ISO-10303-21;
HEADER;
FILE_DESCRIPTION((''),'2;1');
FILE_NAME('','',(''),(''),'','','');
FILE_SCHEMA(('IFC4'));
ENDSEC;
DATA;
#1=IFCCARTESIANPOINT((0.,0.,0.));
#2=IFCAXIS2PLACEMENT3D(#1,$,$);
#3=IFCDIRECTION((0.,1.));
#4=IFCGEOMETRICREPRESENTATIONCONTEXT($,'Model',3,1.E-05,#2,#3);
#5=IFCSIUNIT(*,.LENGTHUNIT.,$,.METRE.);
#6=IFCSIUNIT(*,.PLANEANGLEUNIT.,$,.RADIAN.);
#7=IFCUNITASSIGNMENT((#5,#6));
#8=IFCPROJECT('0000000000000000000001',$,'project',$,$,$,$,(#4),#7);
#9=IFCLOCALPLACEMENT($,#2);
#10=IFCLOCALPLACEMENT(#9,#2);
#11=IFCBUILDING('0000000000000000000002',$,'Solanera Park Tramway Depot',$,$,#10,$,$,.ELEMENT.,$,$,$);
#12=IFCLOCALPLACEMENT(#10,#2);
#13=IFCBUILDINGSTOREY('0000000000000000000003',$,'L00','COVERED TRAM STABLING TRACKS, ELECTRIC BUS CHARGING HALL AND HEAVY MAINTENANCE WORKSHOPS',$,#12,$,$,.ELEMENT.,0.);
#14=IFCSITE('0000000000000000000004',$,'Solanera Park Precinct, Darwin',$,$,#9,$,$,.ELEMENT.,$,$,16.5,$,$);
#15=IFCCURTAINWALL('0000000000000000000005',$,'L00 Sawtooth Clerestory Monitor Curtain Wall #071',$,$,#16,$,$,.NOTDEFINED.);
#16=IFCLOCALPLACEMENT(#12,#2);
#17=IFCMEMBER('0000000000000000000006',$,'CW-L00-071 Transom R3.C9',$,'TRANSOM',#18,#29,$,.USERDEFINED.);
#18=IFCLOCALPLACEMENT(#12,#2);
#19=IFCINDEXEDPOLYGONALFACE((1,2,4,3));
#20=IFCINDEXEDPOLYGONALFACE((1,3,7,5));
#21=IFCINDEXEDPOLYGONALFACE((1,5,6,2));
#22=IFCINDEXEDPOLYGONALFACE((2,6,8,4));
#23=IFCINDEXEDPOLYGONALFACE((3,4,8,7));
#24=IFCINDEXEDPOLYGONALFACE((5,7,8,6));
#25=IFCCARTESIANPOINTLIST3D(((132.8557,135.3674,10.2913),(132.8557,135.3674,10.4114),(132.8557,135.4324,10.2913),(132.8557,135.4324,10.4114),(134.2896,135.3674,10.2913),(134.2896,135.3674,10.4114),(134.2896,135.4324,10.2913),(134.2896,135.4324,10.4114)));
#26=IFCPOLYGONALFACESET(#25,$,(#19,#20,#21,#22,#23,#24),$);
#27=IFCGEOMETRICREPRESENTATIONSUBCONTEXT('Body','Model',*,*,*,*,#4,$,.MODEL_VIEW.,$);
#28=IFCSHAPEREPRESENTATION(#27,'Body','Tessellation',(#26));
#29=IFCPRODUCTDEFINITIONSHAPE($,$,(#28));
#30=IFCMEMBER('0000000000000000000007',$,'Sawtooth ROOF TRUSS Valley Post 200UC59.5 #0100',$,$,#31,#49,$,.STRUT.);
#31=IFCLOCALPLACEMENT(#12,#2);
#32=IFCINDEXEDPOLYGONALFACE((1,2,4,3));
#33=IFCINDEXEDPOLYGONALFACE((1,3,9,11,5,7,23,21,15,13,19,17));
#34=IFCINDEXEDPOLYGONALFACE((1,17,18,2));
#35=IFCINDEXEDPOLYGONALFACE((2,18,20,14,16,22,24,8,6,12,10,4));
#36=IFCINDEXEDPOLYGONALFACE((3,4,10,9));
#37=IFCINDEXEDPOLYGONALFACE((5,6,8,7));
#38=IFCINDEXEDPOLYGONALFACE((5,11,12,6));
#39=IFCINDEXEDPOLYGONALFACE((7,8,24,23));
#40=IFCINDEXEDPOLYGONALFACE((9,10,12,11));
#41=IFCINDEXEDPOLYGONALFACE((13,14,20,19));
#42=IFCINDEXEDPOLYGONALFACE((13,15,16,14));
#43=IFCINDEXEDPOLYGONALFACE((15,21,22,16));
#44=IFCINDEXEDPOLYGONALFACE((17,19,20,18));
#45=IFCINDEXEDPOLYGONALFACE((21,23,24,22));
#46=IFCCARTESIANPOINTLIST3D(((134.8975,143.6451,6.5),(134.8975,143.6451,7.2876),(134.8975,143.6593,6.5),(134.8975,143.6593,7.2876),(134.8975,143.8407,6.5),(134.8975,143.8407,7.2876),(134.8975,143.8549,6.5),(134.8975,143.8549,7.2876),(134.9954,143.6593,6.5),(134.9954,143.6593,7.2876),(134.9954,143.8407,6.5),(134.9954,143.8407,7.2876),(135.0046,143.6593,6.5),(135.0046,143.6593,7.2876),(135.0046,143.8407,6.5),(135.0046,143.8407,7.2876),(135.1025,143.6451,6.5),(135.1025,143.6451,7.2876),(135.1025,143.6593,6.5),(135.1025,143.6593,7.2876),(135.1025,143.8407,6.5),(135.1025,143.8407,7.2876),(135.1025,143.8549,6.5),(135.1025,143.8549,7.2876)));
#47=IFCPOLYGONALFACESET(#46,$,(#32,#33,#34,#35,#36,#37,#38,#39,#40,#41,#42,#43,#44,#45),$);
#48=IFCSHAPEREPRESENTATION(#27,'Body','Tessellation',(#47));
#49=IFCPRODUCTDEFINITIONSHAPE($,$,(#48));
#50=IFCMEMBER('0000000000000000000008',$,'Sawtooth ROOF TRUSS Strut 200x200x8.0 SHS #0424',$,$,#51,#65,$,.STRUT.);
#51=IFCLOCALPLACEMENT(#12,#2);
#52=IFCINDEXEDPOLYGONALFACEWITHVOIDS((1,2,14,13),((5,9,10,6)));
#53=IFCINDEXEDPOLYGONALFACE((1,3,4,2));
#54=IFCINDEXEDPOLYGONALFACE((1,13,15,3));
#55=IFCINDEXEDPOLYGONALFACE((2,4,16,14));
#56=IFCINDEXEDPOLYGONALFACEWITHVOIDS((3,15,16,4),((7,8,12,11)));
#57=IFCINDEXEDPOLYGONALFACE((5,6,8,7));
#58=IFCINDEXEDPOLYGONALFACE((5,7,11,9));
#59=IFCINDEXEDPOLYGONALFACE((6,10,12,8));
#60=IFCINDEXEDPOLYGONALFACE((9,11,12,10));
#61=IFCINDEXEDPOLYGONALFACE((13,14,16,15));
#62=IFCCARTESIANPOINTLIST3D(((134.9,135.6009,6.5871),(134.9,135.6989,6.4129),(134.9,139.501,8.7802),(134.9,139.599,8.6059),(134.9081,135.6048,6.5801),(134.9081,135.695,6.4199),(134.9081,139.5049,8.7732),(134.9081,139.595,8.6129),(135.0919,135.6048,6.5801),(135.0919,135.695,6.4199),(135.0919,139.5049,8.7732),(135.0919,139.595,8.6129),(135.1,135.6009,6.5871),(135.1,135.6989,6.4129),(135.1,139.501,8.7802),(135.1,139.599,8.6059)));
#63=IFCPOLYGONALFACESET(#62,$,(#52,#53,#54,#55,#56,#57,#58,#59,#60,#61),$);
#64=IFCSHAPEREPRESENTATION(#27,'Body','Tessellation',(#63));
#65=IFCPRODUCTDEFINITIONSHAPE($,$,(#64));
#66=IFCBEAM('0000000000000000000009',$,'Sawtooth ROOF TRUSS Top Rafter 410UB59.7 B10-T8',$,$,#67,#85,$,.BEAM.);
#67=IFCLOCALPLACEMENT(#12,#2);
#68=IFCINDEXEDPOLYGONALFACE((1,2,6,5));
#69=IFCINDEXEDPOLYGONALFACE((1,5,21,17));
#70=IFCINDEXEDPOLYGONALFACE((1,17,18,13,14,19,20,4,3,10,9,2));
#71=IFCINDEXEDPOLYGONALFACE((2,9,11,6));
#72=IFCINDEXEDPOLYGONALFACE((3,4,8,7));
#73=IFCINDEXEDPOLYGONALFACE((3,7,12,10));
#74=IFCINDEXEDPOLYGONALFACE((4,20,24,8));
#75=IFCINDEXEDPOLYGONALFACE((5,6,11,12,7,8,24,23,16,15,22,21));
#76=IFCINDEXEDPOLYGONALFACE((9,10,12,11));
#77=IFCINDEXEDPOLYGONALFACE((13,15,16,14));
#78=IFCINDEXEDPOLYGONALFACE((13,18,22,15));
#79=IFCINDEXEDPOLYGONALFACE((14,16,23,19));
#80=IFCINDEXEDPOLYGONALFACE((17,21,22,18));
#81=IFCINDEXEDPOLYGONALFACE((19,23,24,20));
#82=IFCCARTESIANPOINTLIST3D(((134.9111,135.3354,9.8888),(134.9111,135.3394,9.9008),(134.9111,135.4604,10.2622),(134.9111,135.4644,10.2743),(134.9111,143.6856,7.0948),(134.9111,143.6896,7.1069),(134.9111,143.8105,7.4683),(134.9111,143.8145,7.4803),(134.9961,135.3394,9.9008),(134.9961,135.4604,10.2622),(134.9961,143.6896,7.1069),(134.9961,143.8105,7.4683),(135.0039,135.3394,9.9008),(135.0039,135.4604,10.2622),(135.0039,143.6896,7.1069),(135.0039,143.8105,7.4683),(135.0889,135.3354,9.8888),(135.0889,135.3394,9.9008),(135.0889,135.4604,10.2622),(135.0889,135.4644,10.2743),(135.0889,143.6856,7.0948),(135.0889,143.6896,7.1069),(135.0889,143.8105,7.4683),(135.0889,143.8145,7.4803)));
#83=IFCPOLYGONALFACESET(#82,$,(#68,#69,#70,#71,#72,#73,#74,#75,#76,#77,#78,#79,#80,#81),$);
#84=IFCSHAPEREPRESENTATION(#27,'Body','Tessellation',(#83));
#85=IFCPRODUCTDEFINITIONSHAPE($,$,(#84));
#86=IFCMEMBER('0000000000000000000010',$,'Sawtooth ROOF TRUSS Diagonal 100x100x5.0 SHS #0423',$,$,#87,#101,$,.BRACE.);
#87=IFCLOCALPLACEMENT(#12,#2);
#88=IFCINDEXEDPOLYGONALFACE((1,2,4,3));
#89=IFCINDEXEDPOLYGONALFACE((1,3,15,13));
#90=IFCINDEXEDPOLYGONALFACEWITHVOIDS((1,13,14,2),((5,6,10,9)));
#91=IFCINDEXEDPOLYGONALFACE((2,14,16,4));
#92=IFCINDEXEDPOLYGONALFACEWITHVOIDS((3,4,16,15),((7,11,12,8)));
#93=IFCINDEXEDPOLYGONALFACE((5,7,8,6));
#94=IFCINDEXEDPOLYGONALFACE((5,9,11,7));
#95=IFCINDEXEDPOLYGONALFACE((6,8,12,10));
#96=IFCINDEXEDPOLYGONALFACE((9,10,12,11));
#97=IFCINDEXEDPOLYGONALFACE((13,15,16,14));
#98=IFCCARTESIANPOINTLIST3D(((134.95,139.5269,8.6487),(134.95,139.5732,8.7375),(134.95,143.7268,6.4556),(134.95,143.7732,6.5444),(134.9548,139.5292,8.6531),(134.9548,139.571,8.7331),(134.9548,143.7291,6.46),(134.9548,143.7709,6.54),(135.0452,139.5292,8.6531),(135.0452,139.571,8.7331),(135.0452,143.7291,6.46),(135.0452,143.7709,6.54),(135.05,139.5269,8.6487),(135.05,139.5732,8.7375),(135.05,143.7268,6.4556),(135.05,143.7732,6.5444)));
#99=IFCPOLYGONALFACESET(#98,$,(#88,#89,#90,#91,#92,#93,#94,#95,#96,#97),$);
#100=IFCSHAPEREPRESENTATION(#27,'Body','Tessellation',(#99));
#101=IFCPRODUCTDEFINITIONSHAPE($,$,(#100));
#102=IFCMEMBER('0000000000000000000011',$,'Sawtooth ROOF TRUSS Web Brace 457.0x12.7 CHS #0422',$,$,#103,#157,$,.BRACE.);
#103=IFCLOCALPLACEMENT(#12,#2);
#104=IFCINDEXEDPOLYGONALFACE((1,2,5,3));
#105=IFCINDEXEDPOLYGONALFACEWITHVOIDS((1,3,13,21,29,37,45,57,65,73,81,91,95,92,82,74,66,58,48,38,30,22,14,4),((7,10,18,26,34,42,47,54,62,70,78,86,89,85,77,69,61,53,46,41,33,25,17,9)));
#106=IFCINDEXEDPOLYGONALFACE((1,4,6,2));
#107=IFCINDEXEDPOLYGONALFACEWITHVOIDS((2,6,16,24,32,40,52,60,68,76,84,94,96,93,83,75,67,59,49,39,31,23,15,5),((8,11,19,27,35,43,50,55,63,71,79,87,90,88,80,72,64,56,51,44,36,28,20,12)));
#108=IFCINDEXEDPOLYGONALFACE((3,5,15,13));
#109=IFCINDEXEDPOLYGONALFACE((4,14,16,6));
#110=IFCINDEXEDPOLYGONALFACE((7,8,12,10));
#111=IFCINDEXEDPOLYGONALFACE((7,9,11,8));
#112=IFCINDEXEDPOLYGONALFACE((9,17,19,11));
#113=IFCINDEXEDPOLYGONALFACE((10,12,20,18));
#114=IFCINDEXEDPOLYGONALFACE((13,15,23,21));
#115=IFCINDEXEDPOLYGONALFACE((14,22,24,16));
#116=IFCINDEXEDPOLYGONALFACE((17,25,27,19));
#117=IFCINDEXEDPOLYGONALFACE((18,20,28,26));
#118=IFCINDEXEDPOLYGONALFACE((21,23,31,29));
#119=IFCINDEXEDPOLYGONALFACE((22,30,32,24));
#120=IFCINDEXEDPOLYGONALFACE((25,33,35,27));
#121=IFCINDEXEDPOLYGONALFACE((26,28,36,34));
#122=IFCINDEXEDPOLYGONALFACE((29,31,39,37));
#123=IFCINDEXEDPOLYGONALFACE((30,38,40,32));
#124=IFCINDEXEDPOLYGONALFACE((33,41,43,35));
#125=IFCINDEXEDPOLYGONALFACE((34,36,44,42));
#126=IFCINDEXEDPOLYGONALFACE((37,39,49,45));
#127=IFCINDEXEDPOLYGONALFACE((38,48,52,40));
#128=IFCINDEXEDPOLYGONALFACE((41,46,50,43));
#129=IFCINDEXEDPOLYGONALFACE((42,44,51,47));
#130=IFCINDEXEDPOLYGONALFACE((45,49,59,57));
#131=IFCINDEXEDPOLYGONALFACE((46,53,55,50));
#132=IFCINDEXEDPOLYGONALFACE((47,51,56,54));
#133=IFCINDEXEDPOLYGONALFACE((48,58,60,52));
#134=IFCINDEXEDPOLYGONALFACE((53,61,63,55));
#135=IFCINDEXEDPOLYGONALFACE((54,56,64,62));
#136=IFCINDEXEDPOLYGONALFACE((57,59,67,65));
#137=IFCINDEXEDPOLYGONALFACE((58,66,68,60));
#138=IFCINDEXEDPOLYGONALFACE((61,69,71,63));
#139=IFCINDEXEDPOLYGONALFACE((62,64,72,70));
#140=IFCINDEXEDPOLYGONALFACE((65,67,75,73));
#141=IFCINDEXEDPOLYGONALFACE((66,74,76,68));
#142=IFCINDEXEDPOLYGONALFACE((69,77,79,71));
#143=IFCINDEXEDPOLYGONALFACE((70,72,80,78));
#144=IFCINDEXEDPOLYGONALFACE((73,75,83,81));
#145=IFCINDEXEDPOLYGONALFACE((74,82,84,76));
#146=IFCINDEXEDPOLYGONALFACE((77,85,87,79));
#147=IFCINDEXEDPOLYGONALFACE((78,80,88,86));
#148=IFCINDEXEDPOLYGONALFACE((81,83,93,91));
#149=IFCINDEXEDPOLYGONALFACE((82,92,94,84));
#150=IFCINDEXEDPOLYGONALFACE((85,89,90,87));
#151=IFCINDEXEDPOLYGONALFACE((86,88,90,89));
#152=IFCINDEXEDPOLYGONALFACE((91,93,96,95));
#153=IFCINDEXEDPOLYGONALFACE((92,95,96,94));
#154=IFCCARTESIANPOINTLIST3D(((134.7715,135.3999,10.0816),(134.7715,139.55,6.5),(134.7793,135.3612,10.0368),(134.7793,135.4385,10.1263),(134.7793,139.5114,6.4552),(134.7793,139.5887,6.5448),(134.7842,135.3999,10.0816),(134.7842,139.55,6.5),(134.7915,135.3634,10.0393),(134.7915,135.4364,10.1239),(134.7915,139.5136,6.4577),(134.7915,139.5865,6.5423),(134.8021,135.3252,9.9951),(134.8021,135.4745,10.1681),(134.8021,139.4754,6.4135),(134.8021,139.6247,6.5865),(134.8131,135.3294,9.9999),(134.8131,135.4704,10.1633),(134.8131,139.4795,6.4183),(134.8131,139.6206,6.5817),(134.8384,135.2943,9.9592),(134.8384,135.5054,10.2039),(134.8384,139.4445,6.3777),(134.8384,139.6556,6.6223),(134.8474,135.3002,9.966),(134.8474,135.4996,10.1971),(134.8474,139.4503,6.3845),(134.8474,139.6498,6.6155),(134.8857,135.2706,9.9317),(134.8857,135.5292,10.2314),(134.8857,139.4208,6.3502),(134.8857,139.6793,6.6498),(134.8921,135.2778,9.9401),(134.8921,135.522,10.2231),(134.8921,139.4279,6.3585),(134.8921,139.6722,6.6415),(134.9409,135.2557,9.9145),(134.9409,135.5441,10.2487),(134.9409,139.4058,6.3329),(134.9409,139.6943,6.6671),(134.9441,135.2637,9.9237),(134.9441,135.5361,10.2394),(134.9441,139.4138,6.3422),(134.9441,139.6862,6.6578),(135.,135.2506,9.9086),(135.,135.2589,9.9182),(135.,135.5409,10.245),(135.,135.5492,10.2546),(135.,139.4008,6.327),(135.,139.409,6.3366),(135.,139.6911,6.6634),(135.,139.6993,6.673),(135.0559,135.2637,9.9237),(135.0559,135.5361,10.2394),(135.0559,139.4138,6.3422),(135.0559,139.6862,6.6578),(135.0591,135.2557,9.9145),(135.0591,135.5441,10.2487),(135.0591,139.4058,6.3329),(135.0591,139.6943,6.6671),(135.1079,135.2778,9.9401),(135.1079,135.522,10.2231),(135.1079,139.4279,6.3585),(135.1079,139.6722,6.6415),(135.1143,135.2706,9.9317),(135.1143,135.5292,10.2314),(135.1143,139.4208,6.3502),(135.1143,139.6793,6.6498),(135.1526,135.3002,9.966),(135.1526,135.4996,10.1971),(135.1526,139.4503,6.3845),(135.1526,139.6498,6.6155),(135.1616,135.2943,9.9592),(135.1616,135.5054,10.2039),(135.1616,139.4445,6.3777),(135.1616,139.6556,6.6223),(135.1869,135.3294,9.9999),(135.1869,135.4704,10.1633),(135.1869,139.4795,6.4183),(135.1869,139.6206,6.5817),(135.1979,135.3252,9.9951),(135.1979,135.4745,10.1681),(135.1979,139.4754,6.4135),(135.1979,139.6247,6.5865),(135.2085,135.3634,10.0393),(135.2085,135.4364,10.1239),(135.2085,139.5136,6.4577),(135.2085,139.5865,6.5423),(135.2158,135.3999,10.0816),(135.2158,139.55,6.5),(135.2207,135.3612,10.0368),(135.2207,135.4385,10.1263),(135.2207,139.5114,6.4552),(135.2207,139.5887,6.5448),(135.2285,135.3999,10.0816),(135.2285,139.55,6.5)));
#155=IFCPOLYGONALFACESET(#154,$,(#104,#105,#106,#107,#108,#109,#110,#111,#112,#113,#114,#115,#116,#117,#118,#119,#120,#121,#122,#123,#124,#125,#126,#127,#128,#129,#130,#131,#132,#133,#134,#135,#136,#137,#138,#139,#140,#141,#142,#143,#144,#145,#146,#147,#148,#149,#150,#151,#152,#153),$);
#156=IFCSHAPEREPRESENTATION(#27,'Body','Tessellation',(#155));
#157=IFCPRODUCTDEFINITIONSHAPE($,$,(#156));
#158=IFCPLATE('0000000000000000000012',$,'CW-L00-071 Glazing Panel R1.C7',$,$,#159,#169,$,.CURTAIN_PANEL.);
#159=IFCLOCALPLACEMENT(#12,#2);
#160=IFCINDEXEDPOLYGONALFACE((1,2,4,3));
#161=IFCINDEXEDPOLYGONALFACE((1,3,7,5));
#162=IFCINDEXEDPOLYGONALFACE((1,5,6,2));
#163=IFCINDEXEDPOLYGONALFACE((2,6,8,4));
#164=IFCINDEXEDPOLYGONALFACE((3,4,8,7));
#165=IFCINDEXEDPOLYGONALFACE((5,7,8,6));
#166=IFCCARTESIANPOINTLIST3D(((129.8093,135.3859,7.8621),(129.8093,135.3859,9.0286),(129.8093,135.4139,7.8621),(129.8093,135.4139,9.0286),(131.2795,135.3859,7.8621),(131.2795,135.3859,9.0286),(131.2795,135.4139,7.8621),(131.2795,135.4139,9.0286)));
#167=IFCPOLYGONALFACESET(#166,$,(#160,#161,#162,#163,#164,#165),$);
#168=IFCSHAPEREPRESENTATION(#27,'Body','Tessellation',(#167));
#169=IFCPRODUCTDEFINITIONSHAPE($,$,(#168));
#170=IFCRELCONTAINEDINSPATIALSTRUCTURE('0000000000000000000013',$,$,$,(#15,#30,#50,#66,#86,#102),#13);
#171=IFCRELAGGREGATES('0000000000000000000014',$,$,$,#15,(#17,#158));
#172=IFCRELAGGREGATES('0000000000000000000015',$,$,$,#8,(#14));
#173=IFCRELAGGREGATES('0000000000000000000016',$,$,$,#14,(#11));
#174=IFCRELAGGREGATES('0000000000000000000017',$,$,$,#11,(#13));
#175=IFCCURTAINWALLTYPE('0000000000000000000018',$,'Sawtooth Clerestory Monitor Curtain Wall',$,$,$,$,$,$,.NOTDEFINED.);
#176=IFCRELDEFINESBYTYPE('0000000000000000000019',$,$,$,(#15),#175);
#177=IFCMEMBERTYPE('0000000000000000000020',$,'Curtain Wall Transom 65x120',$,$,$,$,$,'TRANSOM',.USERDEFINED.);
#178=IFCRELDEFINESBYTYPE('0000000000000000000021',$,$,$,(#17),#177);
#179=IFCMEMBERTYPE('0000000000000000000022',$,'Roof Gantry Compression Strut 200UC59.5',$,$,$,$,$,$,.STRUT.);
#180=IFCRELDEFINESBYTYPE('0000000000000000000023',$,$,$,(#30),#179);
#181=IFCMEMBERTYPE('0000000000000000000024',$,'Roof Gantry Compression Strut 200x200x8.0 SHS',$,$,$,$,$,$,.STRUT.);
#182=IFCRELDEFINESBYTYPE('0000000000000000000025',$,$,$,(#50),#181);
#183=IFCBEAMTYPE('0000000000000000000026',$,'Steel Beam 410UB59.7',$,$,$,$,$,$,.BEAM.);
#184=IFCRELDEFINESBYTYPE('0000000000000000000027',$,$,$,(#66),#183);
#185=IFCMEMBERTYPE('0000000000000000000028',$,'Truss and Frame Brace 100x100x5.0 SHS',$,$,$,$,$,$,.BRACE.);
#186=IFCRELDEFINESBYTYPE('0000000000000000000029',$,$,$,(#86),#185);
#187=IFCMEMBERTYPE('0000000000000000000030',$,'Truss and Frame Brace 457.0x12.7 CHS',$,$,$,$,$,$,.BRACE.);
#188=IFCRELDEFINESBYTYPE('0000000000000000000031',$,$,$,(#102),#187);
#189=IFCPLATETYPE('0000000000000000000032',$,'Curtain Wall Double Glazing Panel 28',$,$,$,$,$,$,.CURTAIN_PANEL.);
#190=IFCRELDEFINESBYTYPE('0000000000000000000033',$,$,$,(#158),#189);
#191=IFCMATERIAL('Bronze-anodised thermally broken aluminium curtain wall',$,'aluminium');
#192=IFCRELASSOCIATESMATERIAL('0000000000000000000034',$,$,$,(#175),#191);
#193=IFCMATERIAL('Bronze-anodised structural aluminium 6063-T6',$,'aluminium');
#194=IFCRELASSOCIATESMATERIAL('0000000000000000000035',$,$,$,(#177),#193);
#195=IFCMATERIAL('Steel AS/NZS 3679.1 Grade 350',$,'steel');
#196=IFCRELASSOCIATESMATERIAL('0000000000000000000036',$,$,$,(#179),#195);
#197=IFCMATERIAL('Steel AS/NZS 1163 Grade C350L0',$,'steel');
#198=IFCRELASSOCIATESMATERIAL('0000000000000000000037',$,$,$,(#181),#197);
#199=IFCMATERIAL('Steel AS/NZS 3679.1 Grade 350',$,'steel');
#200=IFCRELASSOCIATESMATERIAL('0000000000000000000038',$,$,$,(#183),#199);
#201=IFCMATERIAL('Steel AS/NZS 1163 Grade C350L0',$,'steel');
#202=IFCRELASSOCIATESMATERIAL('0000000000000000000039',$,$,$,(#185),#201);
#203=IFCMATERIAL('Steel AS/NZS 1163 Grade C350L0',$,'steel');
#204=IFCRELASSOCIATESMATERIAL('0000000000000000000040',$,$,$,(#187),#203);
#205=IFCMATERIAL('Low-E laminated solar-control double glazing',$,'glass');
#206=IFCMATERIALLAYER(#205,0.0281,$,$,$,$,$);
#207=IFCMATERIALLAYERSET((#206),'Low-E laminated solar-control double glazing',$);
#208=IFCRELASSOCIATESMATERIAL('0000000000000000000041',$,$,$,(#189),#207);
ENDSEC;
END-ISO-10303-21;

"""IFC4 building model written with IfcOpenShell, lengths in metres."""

from ifc_helpers import new_model, si_unit, direction, frame, origin, origin_2d, place, context, subcontext, project, spatial, rectangle, hollow_rectangle, hollow_circle, i_section, extrude, material, layer, layer_set, material_profile, profile_set, type_object, element, aggregate, save


model = new_model("IFC4")

# Units and contexts
model_context = context("Model", 3, precision=1e-05, world=origin(), true_north=direction((0.0, 1.0)))
body_context = subcontext(model_context, "Body", "Model", "MODEL_VIEW")
ifc_project = project(units=[si_unit("LENGTHUNIT", "METRE"), si_unit("PLANEANGLEUNIT", "RADIAN")], contexts=[model_context])

# Site, building, storey
site_placement = place(None, origin())
site = spatial("IfcSite", under=ifc_project, at=site_placement, Name="Solanera Park Precinct, Darwin", CompositionType="ELEMENT", RefElevation=16.5)
building_placement = place(site_placement, origin())
building = spatial("IfcBuilding", under=site, at=building_placement, Name="Solanera Park Tramway Depot", CompositionType="ELEMENT")
storey_placement = place(building_placement, origin())
storey = spatial("IfcBuildingStorey", under=building, at=storey_placement, Name="L00", Description="COVERED TRAM STABLING TRACKS, ELECTRIC BUS CHARGING HALL AND HEAVY MAINTENANCE WORKSHOPS", CompositionType="ELEMENT", Elevation=0.0)

# Curtain wall, member
ifc_material_1 = material(Name="Bronze-anodised thermally broken aluminium curtain wall", Category="aluminium")
curtain_wall_type = type_object("IfcCurtainWallType", Name="Sawtooth Clerestory Monitor Curtain Wall", PredefinedType="NOTDEFINED", material=ifc_material_1)
curtain_wall_placement = place(storey_placement, origin())
curtain_wall = element("IfcCurtainWall", 1, at=curtain_wall_placement, inside=storey, type_object=curtain_wall_type, Name="L00 Sawtooth Clerestory Monitor Curtain Wall #071", PredefinedType="NOTDEFINED")
ifc_material_2 = material(Name="Bronze-anodised structural aluminium 6063-T6", Category="aluminium")
ifc_material_profile_1 = material_profile(ifc_material_2, rectangle(XDim=0.0649, YDim=0.1201, at=origin_2d()), Name="Curtain Wall Transom 65x120")
ifc_profile_set_1 = profile_set([ifc_material_profile_1], Name="Bronze-anodised structural aluminium 6063-T6")
member_type_1 = type_object("IfcMemberType", Name="Curtain Wall Transom 65x120", ElementType="TRANSOM", PredefinedType="USERDEFINED", material=ifc_profile_set_1)
member_1_placement = place(storey_placement, frame((132.8557, 135.3999, 10.3513), z_axis=(1.0, 0.0, 0.0), x_axis=(0.0, 1.0, 0.0)))
member_1 = element("IfcMember", 2, at=member_1_placement, type_object=member_type_1, Name="CW-L00-071 Transom R3.C9", ObjectType="TRANSOM", PredefinedType="USERDEFINED", context=body_context, shape_type="SweptSolid", body=[
    extrude(rectangle(XDim=0.0649, YDim=0.1201, at=origin_2d()), origin(), (0.0, 0.0, 1.0), 1.4338),
])

# Members
ifc_material_3 = material(Name="Steel AS/NZS 3679.1 Grade 350", Category="steel")
ifc_material_profile_2 = material_profile(ifc_material_3, i_section(OverallWidth=0.2051, OverallDepth=0.2097, WebThickness=0.0093, FlangeThickness=0.0142, at=origin_2d()), Name="200UC59.5")
ifc_profile_set_2 = profile_set([ifc_material_profile_2], Name="Steel AS/NZS 3679.1 Grade 350")
member_type_2 = type_object("IfcMemberType", Name="Roof Gantry Compression Strut 200UC59.5", PredefinedType="STRUT", material=ifc_profile_set_2)
member_2_placement = place(storey_placement, frame((135.0, 143.75, 6.5), z_axis=(0.0, 0.0, 1.0), x_axis=(1.0, 0.0, 0.0)))
element("IfcMember", 3, at=member_2_placement, inside=storey, type_object=member_type_2, Name="Sawtooth ROOF TRUSS Valley Post 200UC59.5 #0100", PredefinedType="STRUT", context=body_context, shape_type="SweptSolid", body=[
    extrude(i_section(OverallWidth=0.2051, OverallDepth=0.2097, WebThickness=0.0093, FlangeThickness=0.0142, at=origin_2d()), origin(), (0.0, 0.0, 1.0), 0.7876),
])
ifc_material_4 = material(Name="Steel AS/NZS 1163 Grade C350L0", Category="steel")
ifc_material_profile_3 = material_profile(ifc_material_4, hollow_rectangle(XDim=0.2, YDim=0.2, WallThickness=0.0081, at=origin_2d()), Name="200x200x8.0 SHS")
ifc_profile_set_3 = profile_set([ifc_material_profile_3], Name="Steel AS/NZS 1163 Grade C350L0")
member_type_3 = type_object("IfcMemberType", Name="Roof Gantry Compression Strut 200x200x8.0 SHS", PredefinedType="STRUT", material=ifc_profile_set_3)
member_3_placement = place(storey_placement, frame((135.0, 135.6499, 6.5), z_axis=(0.0, 0.871644, 0.490139), x_axis=(-1.0, 0.0, 0.0)))
element("IfcMember", 4, at=member_3_placement, inside=storey, type_object=member_type_3, Name="Sawtooth ROOF TRUSS Strut 200x200x8.0 SHS #0424", PredefinedType="STRUT", context=body_context, shape_type="SweptSolid", body=[
    extrude(hollow_rectangle(XDim=0.2, YDim=0.2, WallThickness=0.0081, at=origin_2d()), origin(), (0.0, 0.0, 1.0), 4.4744),
])

# Beam
ifc_material_5 = material(Name="Steel AS/NZS 3679.1 Grade 350", Category="steel")
ifc_material_profile_4 = material_profile(ifc_material_5, i_section(OverallWidth=0.1777, OverallDepth=0.4065, WebThickness=0.0078, FlangeThickness=0.0127, at=origin_2d()), Name="410UB59.7")
ifc_profile_set_4 = profile_set([ifc_material_profile_4], Name="Steel AS/NZS 3679.1 Grade 350")
beam_type = type_object("IfcBeamType", Name="Steel Beam 410UB59.7", PredefinedType="BEAM", material=ifc_profile_set_4)
beam_placement = place(storey_placement, frame((135.0, 135.3999, 10.0815), z_axis=(0.0, 0.948322, -0.317309), x_axis=(-1.0, 0.0, 0.0)))
element("IfcBeam", 5, at=beam_placement, inside=storey, type_object=beam_type, Name="Sawtooth ROOF TRUSS Top Rafter 410UB59.7 B10-T8", PredefinedType="BEAM", context=body_context, shape_type="SweptSolid", body=[
    extrude(i_section(OverallWidth=0.1777, OverallDepth=0.4065, WebThickness=0.0078, FlangeThickness=0.0127, at=origin_2d()), origin(), (0.0, 0.0, 1.0), 8.8052),
])

# Members
ifc_material_6 = material(Name="Steel AS/NZS 1163 Grade C350L0", Category="steel")
ifc_material_profile_5 = material_profile(ifc_material_6, hollow_rectangle(XDim=0.1001, YDim=0.1001, WallThickness=0.0049, at=origin_2d()), Name="100x100x5.0 SHS")
ifc_profile_set_5 = profile_set([ifc_material_profile_5], Name="Steel AS/NZS 1163 Grade C350L0")
member_type_4 = type_object("IfcMemberType", Name="Truss and Frame Brace 100x100x5.0 SHS", PredefinedType="BRACE", material=ifc_profile_set_5)
member_4_placement = place(storey_placement, frame((135.0, 143.75, 6.5), z_axis=(0.0, -0.886426, 0.462871), x_axis=(1.0, 0.0, 0.0)))
element("IfcMember", 6, at=member_4_placement, inside=storey, type_object=member_type_4, Name="Sawtooth ROOF TRUSS Diagonal 100x100x5.0 SHS #0423", PredefinedType="BRACE", context=body_context, shape_type="SweptSolid", body=[
    extrude(hollow_rectangle(XDim=0.1001, YDim=0.1001, WallThickness=0.0049, at=origin_2d()), origin(), (0.0, 0.0, 1.0), 4.738),
])
ifc_material_7 = material(Name="Steel AS/NZS 1163 Grade C350L0", Category="steel")
ifc_material_profile_6 = material_profile(ifc_material_7, hollow_circle(Radius=0.2285, WallThickness=0.0127, at=origin_2d()), Name="457.0x12.7 CHS")
ifc_profile_set_6 = profile_set([ifc_material_profile_6], Name="Steel AS/NZS 1163 Grade C350L0")
member_type_5 = type_object("IfcMemberType", Name="Truss and Frame Brace 457.0x12.7 CHS", PredefinedType="BRACE", material=ifc_profile_set_6)
member_5_placement = place(storey_placement, frame((135.0, 139.55, 6.5), z_axis=(0.0, -0.757064, 0.65334), x_axis=(1.0, 0.0, 0.0)))
element("IfcMember", 7, at=member_5_placement, inside=storey, type_object=member_type_5, Name="Sawtooth ROOF TRUSS Web Brace 457.0x12.7 CHS #0422", PredefinedType="BRACE", context=body_context, shape_type="SweptSolid", body=[
    extrude(hollow_circle(Radius=0.2285, WallThickness=0.0127, at=origin_2d()), origin(), (0.0, 0.0, 1.0), 5.4819),
])

# Plate
ifc_material_8 = material(Name="Low-E laminated solar-control double glazing", Category="glass")
ifc_layer_1 = layer(ifc_material_8, 0.0281)
ifc_layer_set_1 = layer_set([ifc_layer_1], Name="Low-E laminated solar-control double glazing")
plate_type_1 = type_object("IfcPlateType", Name="Curtain Wall Double Glazing Panel 28", PredefinedType="CURTAIN_PANEL", material=ifc_layer_set_1)
plate_1_placement = place(storey_placement, frame((130.5444, 135.3999, 7.8621), z_axis=(0.0, 0.0, 1.0), x_axis=(1.0, 0.0, 0.0)))
plate_1 = element("IfcPlate", 8, at=plate_1_placement, type_object=plate_type_1, Name="CW-L00-071 Glazing Panel R1.C7", PredefinedType="CURTAIN_PANEL", context=body_context, shape_type="SweptSolid", body=[
    extrude(rectangle(XDim=1.4702, YDim=0.0281, at=origin_2d()), origin(), (0.0, 0.0, 1.0), 1.1665),
])
aggregate(curtain_wall, [member_1, plate_1])

save(model, "model.ifc")
